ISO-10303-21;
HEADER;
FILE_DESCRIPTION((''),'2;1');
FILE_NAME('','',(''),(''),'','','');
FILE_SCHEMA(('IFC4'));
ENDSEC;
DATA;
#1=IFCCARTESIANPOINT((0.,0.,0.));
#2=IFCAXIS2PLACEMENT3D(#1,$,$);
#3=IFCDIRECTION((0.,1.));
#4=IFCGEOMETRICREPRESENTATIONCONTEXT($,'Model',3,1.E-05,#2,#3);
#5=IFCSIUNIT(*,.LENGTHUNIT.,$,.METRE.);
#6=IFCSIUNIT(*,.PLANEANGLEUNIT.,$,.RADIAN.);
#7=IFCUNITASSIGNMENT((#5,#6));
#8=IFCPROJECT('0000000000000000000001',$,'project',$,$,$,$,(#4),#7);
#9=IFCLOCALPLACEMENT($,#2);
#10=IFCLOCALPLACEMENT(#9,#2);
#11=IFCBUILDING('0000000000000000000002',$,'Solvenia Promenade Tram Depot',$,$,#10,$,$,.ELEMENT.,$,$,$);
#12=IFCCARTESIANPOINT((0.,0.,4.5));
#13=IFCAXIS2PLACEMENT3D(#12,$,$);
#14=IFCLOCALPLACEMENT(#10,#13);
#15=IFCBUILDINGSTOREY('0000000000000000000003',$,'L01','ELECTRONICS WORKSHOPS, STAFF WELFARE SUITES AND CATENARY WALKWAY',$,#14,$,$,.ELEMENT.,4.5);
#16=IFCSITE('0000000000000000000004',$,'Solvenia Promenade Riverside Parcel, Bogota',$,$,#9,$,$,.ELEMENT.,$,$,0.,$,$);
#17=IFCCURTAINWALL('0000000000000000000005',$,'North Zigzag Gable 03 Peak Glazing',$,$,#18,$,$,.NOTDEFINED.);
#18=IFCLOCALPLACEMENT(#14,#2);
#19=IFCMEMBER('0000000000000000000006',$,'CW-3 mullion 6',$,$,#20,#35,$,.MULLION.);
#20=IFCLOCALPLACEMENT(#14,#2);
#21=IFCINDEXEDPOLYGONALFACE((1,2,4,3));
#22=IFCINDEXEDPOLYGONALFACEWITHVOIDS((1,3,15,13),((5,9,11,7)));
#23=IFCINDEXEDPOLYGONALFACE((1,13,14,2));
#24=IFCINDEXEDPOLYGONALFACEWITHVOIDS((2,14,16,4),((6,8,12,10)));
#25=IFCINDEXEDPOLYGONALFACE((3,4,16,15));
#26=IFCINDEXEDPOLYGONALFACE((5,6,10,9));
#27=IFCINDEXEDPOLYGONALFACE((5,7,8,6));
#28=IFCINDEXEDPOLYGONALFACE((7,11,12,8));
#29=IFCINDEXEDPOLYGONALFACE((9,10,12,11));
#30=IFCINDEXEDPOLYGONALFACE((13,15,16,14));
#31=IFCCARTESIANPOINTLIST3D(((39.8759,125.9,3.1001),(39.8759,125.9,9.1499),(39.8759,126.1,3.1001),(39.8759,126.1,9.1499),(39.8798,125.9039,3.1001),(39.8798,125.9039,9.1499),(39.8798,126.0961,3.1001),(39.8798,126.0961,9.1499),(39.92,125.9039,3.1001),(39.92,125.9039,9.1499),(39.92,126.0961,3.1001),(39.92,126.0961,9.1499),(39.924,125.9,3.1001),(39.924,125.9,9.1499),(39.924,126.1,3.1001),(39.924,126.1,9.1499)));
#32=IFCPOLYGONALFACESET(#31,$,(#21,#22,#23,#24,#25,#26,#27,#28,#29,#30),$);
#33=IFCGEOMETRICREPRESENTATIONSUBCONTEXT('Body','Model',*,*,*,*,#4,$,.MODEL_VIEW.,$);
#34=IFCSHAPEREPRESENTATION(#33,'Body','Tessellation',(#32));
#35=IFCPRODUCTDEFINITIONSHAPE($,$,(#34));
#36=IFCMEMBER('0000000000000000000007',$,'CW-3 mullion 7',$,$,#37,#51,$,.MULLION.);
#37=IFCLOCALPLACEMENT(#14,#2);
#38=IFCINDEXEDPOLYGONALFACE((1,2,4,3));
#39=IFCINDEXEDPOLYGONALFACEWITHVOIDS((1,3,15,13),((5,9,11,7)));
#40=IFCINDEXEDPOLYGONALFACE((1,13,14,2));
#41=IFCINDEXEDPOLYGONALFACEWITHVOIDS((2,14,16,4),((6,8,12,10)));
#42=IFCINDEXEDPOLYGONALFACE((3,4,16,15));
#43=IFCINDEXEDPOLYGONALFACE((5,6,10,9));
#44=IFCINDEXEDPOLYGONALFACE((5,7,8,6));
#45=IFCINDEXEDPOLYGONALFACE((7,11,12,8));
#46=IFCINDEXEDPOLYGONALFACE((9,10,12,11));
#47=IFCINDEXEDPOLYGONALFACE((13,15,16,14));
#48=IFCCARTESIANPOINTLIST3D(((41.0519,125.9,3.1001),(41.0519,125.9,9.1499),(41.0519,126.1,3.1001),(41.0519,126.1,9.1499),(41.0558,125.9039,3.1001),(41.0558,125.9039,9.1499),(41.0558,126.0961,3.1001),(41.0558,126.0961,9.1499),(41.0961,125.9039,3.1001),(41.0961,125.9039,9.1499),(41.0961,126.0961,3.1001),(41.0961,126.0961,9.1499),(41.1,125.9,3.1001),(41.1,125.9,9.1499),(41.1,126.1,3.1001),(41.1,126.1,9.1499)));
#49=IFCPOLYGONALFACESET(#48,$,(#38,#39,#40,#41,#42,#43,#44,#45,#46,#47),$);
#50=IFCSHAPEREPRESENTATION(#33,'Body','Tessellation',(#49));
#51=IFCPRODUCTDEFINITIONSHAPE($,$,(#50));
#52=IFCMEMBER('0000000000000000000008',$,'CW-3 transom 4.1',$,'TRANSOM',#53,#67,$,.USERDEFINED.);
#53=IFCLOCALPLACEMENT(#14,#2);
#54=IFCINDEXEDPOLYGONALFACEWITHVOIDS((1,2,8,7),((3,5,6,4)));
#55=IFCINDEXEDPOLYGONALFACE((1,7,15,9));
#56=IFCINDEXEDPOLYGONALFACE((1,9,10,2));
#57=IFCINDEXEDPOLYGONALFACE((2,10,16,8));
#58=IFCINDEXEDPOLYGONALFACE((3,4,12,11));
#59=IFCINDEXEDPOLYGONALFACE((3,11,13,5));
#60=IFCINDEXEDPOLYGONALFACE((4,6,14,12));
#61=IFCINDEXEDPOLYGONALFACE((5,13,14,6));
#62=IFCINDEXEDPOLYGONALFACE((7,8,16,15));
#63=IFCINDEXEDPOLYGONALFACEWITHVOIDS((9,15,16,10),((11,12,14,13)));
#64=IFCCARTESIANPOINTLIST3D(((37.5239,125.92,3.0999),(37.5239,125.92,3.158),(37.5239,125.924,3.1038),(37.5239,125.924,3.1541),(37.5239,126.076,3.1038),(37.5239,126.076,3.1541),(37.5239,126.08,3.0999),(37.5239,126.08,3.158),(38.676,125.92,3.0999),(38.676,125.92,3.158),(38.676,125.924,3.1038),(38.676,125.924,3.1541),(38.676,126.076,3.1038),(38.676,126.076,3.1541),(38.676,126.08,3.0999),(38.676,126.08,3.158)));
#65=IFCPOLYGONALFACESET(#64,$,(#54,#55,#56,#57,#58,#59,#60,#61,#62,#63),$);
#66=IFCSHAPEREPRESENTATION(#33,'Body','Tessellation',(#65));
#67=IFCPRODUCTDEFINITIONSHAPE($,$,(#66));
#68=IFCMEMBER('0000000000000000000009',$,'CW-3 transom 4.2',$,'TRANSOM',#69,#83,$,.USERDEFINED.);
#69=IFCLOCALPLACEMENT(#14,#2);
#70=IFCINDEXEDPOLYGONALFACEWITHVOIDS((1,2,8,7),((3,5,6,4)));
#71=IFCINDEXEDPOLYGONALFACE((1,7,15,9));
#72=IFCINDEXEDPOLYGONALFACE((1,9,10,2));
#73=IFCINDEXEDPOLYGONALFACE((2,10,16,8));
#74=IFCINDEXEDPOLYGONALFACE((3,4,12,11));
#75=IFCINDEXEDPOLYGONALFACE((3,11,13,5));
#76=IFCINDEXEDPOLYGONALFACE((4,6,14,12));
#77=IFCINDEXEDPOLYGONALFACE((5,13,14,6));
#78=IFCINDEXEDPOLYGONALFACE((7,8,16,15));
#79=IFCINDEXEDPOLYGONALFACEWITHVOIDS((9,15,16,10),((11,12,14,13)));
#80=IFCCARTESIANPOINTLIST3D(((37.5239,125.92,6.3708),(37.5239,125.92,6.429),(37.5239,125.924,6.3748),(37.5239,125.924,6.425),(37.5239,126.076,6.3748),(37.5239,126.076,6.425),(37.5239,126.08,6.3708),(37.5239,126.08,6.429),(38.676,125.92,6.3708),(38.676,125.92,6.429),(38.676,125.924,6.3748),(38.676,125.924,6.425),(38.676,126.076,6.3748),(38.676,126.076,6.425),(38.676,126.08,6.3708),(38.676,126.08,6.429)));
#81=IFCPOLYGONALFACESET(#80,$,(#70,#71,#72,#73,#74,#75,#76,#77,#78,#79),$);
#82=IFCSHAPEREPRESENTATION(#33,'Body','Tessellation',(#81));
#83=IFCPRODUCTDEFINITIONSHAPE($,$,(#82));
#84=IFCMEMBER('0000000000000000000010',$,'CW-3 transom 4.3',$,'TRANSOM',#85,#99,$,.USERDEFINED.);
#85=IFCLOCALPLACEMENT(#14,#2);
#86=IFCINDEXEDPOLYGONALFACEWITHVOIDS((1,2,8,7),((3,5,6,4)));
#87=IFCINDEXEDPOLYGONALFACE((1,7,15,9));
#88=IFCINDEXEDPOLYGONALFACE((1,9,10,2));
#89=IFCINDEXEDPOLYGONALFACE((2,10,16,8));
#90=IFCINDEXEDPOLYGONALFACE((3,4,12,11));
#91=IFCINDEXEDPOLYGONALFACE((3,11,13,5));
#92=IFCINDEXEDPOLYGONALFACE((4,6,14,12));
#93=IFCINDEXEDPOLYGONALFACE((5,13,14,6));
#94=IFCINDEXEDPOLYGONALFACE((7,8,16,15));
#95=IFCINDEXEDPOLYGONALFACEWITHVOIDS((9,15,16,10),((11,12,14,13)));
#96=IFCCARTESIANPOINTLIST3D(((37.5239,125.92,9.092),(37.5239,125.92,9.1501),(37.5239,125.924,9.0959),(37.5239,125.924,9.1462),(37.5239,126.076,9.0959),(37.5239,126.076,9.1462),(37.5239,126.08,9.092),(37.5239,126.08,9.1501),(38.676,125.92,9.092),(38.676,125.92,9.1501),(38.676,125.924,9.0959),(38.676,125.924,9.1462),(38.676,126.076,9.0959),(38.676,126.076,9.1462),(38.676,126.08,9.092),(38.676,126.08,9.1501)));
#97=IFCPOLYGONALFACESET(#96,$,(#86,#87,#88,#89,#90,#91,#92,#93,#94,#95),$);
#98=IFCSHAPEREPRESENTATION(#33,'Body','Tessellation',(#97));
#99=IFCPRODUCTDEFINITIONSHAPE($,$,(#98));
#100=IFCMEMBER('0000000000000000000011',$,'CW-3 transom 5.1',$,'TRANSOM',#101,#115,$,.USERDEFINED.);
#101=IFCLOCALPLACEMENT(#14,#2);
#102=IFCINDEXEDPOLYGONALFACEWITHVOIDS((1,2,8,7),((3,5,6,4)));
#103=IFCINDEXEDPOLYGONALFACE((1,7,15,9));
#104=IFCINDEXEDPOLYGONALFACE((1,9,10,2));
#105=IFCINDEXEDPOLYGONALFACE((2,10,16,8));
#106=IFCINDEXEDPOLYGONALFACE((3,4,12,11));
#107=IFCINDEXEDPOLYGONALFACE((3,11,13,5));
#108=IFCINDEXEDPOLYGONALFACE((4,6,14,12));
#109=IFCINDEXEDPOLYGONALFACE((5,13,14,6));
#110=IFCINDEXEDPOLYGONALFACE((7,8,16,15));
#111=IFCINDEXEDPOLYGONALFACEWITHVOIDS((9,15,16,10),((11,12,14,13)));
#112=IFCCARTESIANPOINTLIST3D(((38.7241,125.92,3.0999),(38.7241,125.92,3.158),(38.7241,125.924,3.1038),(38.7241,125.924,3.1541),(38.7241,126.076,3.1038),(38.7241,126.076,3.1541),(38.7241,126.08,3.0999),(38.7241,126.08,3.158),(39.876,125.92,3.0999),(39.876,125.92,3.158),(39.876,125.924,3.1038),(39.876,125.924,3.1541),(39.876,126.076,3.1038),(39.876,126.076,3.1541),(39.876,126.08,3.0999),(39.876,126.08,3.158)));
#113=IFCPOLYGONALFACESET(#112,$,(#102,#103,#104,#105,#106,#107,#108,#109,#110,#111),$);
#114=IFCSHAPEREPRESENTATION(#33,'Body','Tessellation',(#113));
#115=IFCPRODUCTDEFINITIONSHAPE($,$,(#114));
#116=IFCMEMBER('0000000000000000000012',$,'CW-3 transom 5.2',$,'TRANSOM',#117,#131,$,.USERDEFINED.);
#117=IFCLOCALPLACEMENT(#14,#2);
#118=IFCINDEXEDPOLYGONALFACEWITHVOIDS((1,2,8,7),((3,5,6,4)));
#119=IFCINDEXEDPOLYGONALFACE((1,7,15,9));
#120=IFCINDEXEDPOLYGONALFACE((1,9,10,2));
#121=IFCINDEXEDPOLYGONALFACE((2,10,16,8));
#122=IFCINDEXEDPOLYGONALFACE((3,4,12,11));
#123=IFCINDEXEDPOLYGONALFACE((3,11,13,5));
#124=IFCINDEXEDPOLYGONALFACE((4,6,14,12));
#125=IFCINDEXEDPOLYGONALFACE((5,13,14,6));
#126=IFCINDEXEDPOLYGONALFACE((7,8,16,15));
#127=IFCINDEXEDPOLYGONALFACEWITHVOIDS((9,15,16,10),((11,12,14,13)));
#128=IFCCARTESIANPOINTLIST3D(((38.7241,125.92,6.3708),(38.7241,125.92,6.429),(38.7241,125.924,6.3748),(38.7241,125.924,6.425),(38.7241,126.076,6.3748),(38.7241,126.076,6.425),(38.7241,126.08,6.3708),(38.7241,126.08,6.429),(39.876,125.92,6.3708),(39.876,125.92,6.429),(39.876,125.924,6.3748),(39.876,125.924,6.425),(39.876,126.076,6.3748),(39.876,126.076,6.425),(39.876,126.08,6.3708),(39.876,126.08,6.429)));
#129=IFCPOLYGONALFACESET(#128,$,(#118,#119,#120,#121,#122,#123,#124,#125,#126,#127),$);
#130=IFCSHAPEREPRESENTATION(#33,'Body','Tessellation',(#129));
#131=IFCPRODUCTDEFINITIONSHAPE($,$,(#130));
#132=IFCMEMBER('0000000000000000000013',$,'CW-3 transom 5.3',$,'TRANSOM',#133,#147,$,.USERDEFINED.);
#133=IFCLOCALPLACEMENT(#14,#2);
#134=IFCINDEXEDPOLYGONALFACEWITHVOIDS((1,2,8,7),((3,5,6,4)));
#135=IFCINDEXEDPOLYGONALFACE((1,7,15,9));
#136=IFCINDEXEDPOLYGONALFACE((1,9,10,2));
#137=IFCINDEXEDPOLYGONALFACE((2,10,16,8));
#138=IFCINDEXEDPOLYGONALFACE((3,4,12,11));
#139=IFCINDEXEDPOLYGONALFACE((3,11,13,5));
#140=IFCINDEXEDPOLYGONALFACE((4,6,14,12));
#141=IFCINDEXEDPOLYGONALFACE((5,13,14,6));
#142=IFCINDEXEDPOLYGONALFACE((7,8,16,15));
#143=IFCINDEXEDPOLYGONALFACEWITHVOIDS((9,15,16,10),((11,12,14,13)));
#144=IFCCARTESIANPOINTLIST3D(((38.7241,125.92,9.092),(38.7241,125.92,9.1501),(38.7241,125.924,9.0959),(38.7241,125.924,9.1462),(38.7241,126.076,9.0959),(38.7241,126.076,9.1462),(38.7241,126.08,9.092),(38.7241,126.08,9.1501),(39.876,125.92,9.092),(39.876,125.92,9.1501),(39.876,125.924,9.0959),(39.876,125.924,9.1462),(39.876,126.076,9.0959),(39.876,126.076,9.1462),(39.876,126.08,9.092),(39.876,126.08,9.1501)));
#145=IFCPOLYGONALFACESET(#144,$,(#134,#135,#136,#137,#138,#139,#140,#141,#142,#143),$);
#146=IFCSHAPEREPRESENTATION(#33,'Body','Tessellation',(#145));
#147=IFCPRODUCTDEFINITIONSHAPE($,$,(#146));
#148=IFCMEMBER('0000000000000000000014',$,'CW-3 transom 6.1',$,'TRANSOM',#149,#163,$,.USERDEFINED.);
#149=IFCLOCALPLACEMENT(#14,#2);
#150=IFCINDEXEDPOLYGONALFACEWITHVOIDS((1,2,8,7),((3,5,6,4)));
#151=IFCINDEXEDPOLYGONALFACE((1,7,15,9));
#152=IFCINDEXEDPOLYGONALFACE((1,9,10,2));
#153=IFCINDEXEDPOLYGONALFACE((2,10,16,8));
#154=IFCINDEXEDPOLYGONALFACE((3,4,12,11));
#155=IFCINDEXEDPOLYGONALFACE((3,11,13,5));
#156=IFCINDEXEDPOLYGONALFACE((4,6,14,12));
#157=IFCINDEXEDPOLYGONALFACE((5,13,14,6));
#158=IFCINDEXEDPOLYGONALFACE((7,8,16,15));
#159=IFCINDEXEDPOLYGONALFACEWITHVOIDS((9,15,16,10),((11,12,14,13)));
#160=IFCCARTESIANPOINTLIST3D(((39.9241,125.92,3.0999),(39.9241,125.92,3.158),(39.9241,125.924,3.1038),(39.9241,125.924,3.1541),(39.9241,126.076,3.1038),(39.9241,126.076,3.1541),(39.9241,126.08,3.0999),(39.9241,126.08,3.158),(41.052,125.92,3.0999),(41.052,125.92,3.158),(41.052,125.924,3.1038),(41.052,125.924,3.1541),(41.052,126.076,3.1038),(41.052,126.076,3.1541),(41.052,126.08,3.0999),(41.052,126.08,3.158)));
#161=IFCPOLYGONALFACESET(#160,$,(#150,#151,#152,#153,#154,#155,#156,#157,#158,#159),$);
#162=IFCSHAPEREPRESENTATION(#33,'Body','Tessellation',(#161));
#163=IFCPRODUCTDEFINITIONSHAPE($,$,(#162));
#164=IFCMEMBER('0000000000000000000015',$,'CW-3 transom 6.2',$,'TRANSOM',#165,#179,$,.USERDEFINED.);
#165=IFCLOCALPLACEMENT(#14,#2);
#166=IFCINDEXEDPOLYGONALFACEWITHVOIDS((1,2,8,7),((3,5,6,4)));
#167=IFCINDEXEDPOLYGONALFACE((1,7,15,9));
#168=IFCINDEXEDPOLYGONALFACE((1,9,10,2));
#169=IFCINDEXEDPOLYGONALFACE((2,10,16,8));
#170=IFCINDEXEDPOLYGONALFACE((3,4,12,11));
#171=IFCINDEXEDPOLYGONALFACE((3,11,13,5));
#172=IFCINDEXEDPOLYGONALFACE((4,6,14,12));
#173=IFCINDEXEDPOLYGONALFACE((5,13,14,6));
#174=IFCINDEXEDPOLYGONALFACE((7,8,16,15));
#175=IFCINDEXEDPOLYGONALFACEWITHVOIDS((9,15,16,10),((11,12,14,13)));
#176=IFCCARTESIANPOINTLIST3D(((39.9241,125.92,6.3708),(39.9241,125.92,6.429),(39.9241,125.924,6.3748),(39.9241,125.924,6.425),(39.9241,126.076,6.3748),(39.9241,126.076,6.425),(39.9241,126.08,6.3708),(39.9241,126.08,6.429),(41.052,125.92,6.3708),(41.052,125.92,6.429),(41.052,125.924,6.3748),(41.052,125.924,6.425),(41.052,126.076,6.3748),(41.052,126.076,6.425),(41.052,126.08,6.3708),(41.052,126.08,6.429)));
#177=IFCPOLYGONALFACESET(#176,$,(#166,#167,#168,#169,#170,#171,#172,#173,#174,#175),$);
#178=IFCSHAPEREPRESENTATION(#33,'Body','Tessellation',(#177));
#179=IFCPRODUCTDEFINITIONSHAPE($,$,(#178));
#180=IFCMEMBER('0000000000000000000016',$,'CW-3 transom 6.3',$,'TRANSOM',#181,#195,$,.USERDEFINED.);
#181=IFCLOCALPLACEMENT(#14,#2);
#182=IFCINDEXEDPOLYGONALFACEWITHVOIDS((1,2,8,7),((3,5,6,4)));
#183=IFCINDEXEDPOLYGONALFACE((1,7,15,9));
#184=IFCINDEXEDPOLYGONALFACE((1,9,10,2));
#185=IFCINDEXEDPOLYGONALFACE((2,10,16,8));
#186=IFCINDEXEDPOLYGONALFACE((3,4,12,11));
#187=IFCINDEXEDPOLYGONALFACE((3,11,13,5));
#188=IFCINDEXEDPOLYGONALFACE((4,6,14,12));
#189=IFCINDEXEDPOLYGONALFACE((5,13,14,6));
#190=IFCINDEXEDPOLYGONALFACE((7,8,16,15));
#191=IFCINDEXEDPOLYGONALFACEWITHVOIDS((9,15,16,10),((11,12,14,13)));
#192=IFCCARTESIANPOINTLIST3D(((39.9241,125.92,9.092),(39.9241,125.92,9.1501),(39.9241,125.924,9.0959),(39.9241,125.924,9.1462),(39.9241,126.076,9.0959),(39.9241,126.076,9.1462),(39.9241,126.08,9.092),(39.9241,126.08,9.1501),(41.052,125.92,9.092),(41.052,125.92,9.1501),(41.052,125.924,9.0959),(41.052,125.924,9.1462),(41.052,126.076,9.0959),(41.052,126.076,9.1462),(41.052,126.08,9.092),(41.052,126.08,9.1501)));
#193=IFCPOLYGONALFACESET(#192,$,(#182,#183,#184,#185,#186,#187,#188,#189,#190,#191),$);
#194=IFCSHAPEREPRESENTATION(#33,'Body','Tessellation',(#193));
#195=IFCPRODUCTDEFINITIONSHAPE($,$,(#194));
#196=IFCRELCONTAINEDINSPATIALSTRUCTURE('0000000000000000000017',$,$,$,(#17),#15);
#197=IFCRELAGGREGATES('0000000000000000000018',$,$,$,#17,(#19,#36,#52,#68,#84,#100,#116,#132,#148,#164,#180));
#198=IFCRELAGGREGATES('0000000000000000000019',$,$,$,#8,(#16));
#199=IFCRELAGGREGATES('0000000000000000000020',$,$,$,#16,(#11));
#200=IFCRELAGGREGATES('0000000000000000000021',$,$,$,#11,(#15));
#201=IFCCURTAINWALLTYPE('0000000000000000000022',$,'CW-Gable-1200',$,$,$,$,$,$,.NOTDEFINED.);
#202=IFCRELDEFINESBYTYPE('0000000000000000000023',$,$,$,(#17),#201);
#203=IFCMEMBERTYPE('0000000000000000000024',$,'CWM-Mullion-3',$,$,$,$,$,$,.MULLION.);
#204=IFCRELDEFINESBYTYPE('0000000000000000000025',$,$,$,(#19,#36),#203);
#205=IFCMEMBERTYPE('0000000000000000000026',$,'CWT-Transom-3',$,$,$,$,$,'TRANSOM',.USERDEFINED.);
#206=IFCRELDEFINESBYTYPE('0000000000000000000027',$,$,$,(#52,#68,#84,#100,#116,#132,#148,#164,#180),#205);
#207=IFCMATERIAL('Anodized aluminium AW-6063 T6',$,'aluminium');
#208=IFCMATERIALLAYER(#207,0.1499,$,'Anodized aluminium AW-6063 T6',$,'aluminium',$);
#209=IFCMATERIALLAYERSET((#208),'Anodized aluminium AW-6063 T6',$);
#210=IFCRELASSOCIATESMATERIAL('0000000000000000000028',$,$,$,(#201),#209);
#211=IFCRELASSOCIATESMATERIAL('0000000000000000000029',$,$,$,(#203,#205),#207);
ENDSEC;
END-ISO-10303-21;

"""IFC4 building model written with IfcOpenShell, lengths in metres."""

from ifc_helpers import new_model, si_unit, direction, frame, origin, origin_2d, place, context, subcontext, project, spatial, hollow_rectangle, extrude, material, layer, layer_set, material_profile, profile_set, type_object, element, aggregate, save


model = new_model("IFC4")

# Units and contexts
model_context = context("Model", 3, precision=1e-05, world=origin(), true_north=direction((0.0, 1.0)))
body_context = subcontext(model_context, "Body", "Model", "MODEL_VIEW")
ifc_project = project(units=[si_unit("LENGTHUNIT", "METRE"), si_unit("PLANEANGLEUNIT", "RADIAN")], contexts=[model_context])

# Site, building, storey
site_placement = place(None, origin())
site = spatial("IfcSite", under=ifc_project, at=site_placement, Name="Solvenia Promenade Riverside Parcel, Bogota", CompositionType="ELEMENT", RefElevation=0.0)
building_placement = place(site_placement, origin())
building = spatial("IfcBuilding", under=site, at=building_placement, Name="Solvenia Promenade Tram Depot", CompositionType="ELEMENT")
storey_placement = place(building_placement, frame((0.0, 0.0, 4.5)))
storey = spatial("IfcBuildingStorey", under=building, at=storey_placement, Name="L01", Description="ELECTRONICS WORKSHOPS, STAFF WELFARE SUITES AND CATENARY WALKWAY", CompositionType="ELEMENT", Elevation=4.5)

# Curtain wall, members
ifc_material_1 = material(Name="Anodized aluminium AW-6063 T6", Category="aluminium")
ifc_layer_1 = layer(ifc_material_1, 0.1499, Name="Anodized aluminium AW-6063 T6", Category="aluminium")
ifc_layer_set_1 = layer_set([ifc_layer_1], Name="Anodized aluminium AW-6063 T6")
curtain_wall_type = type_object("IfcCurtainWallType", Name="CW-Gable-1200", PredefinedType="NOTDEFINED", material=ifc_layer_set_1)
curtain_wall_placement = place(storey_placement, origin())
curtain_wall = element("IfcCurtainWall", 1, at=curtain_wall_placement, inside=storey, type_object=curtain_wall_type, Name="North Zigzag Gable 03 Peak Glazing", PredefinedType="NOTDEFINED")
ifc_material_profile_1 = material_profile(ifc_material_1, hollow_rectangle(XDim=0.2, YDim=0.0481, WallThickness=0.0039, at=origin_2d()), Name="ALU-M3", Category="aluminium")
ifc_profile_set_1 = profile_set([ifc_material_profile_1], Name="Anodized aluminium AW-6063 T6")
member_type_1 = type_object("IfcMemberType", Name="CWM-Mullion-3", PredefinedType="MULLION", material=ifc_profile_set_1)
member_1_placement = place(storey_placement, frame((39.8999, 126.0, 3.1001), z_axis=(0.0, 0.0, 1.0), x_axis=(0.0, 1.0, 0.0)))
member_1 = element("IfcMember", 2, at=member_1_placement, type_object=member_type_1, Name="CW-3 mullion 6", PredefinedType="MULLION", context=body_context, shape_type="SweptSolid", body=[
    extrude(hollow_rectangle(XDim=0.2, YDim=0.0481, WallThickness=0.0039, at=origin_2d()), origin(), (0.0, 0.0, 1.0), 6.0498),
])
member_2_placement = place(storey_placement, frame((41.0759, 126.0, 3.1001), z_axis=(0.0, 0.0, 1.0), x_axis=(0.0, 1.0, 0.0)))
member_2 = element("IfcMember", 3, at=member_2_placement, type_object=member_type_1, Name="CW-3 mullion 7", PredefinedType="MULLION", context=body_context, shape_type="SweptSolid", body=[
    extrude(hollow_rectangle(XDim=0.2, YDim=0.0481, WallThickness=0.0039, at=origin_2d()), origin(), (0.0, 0.0, 1.0), 6.0498),
])
ifc_material_profile_2 = material_profile(ifc_material_1, hollow_rectangle(XDim=0.1599, YDim=0.0581, WallThickness=0.0039, at=origin_2d()), Name="ALU-T3", Category="aluminium")
ifc_profile_set_2 = profile_set([ifc_material_profile_2], Name="Anodized aluminium AW-6063 T6")
member_type_2 = type_object("IfcMemberType", Name="CWT-Transom-3", ElementType="TRANSOM", PredefinedType="USERDEFINED", material=ifc_profile_set_2)
member_3_placement = place(storey_placement, frame((37.5239, 126.0, 3.1289), z_axis=(1.0, 0.0, 0.0), x_axis=(0.0, 1.0, 0.0)))
member_3 = element("IfcMember", 4, at=member_3_placement, type_object=member_type_2, Name="CW-3 transom 4.1", ObjectType="TRANSOM", PredefinedType="USERDEFINED", context=body_context, shape_type="SweptSolid", body=[
    extrude(hollow_rectangle(XDim=0.1599, YDim=0.0581, WallThickness=0.0039, at=origin_2d()), origin(), (0.0, 0.0, 1.0), 1.1521),
])
member_4_placement = place(storey_placement, frame((37.5239, 126.0, 6.3999), z_axis=(1.0, 0.0, 0.0), x_axis=(0.0, 1.0, 0.0)))
member_4 = element("IfcMember", 5, at=member_4_placement, type_object=member_type_2, Name="CW-3 transom 4.2", ObjectType="TRANSOM", PredefinedType="USERDEFINED", context=body_context, shape_type="SweptSolid", body=[
    extrude(hollow_rectangle(XDim=0.1599, YDim=0.0581, WallThickness=0.0039, at=origin_2d()), origin(), (0.0, 0.0, 1.0), 1.1521),
])
member_5_placement = place(storey_placement, frame((37.5239, 126.0, 9.1211), z_axis=(1.0, 0.0, 0.0), x_axis=(0.0, 1.0, 0.0)))
member_5 = element("IfcMember", 6, at=member_5_placement, type_object=member_type_2, Name="CW-3 transom 4.3", ObjectType="TRANSOM", PredefinedType="USERDEFINED", context=body_context, shape_type="SweptSolid", body=[
    extrude(hollow_rectangle(XDim=0.1599, YDim=0.0581, WallThickness=0.0039, at=origin_2d()), origin(), (0.0, 0.0, 1.0), 1.1521),
])
member_6_placement = place(storey_placement, frame((38.7241, 126.0, 3.1289), z_axis=(1.0, 0.0, 0.0), x_axis=(0.0, 1.0, 0.0)))
member_6 = element("IfcMember", 7, at=member_6_placement, type_object=member_type_2, Name="CW-3 transom 5.1", ObjectType="TRANSOM", PredefinedType="USERDEFINED", context=body_context, shape_type="SweptSolid", body=[
    extrude(hollow_rectangle(XDim=0.1599, YDim=0.0581, WallThickness=0.0039, at=origin_2d()), origin(), (0.0, 0.0, 1.0), 1.1519),
])
member_7_placement = place(storey_placement, frame((38.7241, 126.0, 6.3999), z_axis=(1.0, 0.0, 0.0), x_axis=(0.0, 1.0, 0.0)))
member_7 = element("IfcMember", 8, at=member_7_placement, type_object=member_type_2, Name="CW-3 transom 5.2", ObjectType="TRANSOM", PredefinedType="USERDEFINED", context=body_context, shape_type="SweptSolid", body=[
    extrude(hollow_rectangle(XDim=0.1599, YDim=0.0581, WallThickness=0.0039, at=origin_2d()), origin(), (0.0, 0.0, 1.0), 1.1519),
])
member_8_placement = place(storey_placement, frame((38.7241, 126.0, 9.1211), z_axis=(1.0, 0.0, 0.0), x_axis=(0.0, 1.0, 0.0)))
member_8 = element("IfcMember", 9, at=member_8_placement, type_object=member_type_2, Name="CW-3 transom 5.3", ObjectType="TRANSOM", PredefinedType="USERDEFINED", context=body_context, shape_type="SweptSolid", body=[
    extrude(hollow_rectangle(XDim=0.1599, YDim=0.0581, WallThickness=0.0039, at=origin_2d()), origin(), (0.0, 0.0, 1.0), 1.1519),
])
member_9_placement = place(storey_placement, frame((39.9241, 126.0, 3.1289), z_axis=(1.0, 0.0, 0.0), x_axis=(0.0, 1.0, 0.0)))
member_9 = element("IfcMember", 10, at=member_9_placement, type_object=member_type_2, Name="CW-3 transom 6.1", ObjectType="TRANSOM", PredefinedType="USERDEFINED", context=body_context, shape_type="SweptSolid", body=[
    extrude(hollow_rectangle(XDim=0.1599, YDim=0.0581, WallThickness=0.0039, at=origin_2d()), origin(), (0.0, 0.0, 1.0), 1.1279),
])
member_10_placement = place(storey_placement, frame((39.9241, 126.0, 6.3999), z_axis=(1.0, 0.0, 0.0), x_axis=(0.0, 1.0, 0.0)))
member_10 = element("IfcMember", 11, at=member_10_placement, type_object=member_type_2, Name="CW-3 transom 6.2", ObjectType="TRANSOM", PredefinedType="USERDEFINED", context=body_context, shape_type="SweptSolid", body=[
    extrude(hollow_rectangle(XDim=0.1599, YDim=0.0581, WallThickness=0.0039, at=origin_2d()), origin(), (0.0, 0.0, 1.0), 1.1279),
])
member_11_placement = place(storey_placement, frame((39.9241, 126.0, 9.1211), z_axis=(1.0, 0.0, 0.0), x_axis=(0.0, 1.0, 0.0)))
member_11 = element("IfcMember", 12, at=member_11_placement, type_object=member_type_2, Name="CW-3 transom 6.3", ObjectType="TRANSOM", PredefinedType="USERDEFINED", context=body_context, shape_type="SweptSolid", body=[
    extrude(hollow_rectangle(XDim=0.1599, YDim=0.0581, WallThickness=0.0039, at=origin_2d()), origin(), (0.0, 0.0, 1.0), 1.1279),
])

aggregate(curtain_wall, [member_1, member_2, member_3, member_4, member_5, member_6, member_7, member_8, member_9, member_10, member_11])

save(model, "model.ifc")
